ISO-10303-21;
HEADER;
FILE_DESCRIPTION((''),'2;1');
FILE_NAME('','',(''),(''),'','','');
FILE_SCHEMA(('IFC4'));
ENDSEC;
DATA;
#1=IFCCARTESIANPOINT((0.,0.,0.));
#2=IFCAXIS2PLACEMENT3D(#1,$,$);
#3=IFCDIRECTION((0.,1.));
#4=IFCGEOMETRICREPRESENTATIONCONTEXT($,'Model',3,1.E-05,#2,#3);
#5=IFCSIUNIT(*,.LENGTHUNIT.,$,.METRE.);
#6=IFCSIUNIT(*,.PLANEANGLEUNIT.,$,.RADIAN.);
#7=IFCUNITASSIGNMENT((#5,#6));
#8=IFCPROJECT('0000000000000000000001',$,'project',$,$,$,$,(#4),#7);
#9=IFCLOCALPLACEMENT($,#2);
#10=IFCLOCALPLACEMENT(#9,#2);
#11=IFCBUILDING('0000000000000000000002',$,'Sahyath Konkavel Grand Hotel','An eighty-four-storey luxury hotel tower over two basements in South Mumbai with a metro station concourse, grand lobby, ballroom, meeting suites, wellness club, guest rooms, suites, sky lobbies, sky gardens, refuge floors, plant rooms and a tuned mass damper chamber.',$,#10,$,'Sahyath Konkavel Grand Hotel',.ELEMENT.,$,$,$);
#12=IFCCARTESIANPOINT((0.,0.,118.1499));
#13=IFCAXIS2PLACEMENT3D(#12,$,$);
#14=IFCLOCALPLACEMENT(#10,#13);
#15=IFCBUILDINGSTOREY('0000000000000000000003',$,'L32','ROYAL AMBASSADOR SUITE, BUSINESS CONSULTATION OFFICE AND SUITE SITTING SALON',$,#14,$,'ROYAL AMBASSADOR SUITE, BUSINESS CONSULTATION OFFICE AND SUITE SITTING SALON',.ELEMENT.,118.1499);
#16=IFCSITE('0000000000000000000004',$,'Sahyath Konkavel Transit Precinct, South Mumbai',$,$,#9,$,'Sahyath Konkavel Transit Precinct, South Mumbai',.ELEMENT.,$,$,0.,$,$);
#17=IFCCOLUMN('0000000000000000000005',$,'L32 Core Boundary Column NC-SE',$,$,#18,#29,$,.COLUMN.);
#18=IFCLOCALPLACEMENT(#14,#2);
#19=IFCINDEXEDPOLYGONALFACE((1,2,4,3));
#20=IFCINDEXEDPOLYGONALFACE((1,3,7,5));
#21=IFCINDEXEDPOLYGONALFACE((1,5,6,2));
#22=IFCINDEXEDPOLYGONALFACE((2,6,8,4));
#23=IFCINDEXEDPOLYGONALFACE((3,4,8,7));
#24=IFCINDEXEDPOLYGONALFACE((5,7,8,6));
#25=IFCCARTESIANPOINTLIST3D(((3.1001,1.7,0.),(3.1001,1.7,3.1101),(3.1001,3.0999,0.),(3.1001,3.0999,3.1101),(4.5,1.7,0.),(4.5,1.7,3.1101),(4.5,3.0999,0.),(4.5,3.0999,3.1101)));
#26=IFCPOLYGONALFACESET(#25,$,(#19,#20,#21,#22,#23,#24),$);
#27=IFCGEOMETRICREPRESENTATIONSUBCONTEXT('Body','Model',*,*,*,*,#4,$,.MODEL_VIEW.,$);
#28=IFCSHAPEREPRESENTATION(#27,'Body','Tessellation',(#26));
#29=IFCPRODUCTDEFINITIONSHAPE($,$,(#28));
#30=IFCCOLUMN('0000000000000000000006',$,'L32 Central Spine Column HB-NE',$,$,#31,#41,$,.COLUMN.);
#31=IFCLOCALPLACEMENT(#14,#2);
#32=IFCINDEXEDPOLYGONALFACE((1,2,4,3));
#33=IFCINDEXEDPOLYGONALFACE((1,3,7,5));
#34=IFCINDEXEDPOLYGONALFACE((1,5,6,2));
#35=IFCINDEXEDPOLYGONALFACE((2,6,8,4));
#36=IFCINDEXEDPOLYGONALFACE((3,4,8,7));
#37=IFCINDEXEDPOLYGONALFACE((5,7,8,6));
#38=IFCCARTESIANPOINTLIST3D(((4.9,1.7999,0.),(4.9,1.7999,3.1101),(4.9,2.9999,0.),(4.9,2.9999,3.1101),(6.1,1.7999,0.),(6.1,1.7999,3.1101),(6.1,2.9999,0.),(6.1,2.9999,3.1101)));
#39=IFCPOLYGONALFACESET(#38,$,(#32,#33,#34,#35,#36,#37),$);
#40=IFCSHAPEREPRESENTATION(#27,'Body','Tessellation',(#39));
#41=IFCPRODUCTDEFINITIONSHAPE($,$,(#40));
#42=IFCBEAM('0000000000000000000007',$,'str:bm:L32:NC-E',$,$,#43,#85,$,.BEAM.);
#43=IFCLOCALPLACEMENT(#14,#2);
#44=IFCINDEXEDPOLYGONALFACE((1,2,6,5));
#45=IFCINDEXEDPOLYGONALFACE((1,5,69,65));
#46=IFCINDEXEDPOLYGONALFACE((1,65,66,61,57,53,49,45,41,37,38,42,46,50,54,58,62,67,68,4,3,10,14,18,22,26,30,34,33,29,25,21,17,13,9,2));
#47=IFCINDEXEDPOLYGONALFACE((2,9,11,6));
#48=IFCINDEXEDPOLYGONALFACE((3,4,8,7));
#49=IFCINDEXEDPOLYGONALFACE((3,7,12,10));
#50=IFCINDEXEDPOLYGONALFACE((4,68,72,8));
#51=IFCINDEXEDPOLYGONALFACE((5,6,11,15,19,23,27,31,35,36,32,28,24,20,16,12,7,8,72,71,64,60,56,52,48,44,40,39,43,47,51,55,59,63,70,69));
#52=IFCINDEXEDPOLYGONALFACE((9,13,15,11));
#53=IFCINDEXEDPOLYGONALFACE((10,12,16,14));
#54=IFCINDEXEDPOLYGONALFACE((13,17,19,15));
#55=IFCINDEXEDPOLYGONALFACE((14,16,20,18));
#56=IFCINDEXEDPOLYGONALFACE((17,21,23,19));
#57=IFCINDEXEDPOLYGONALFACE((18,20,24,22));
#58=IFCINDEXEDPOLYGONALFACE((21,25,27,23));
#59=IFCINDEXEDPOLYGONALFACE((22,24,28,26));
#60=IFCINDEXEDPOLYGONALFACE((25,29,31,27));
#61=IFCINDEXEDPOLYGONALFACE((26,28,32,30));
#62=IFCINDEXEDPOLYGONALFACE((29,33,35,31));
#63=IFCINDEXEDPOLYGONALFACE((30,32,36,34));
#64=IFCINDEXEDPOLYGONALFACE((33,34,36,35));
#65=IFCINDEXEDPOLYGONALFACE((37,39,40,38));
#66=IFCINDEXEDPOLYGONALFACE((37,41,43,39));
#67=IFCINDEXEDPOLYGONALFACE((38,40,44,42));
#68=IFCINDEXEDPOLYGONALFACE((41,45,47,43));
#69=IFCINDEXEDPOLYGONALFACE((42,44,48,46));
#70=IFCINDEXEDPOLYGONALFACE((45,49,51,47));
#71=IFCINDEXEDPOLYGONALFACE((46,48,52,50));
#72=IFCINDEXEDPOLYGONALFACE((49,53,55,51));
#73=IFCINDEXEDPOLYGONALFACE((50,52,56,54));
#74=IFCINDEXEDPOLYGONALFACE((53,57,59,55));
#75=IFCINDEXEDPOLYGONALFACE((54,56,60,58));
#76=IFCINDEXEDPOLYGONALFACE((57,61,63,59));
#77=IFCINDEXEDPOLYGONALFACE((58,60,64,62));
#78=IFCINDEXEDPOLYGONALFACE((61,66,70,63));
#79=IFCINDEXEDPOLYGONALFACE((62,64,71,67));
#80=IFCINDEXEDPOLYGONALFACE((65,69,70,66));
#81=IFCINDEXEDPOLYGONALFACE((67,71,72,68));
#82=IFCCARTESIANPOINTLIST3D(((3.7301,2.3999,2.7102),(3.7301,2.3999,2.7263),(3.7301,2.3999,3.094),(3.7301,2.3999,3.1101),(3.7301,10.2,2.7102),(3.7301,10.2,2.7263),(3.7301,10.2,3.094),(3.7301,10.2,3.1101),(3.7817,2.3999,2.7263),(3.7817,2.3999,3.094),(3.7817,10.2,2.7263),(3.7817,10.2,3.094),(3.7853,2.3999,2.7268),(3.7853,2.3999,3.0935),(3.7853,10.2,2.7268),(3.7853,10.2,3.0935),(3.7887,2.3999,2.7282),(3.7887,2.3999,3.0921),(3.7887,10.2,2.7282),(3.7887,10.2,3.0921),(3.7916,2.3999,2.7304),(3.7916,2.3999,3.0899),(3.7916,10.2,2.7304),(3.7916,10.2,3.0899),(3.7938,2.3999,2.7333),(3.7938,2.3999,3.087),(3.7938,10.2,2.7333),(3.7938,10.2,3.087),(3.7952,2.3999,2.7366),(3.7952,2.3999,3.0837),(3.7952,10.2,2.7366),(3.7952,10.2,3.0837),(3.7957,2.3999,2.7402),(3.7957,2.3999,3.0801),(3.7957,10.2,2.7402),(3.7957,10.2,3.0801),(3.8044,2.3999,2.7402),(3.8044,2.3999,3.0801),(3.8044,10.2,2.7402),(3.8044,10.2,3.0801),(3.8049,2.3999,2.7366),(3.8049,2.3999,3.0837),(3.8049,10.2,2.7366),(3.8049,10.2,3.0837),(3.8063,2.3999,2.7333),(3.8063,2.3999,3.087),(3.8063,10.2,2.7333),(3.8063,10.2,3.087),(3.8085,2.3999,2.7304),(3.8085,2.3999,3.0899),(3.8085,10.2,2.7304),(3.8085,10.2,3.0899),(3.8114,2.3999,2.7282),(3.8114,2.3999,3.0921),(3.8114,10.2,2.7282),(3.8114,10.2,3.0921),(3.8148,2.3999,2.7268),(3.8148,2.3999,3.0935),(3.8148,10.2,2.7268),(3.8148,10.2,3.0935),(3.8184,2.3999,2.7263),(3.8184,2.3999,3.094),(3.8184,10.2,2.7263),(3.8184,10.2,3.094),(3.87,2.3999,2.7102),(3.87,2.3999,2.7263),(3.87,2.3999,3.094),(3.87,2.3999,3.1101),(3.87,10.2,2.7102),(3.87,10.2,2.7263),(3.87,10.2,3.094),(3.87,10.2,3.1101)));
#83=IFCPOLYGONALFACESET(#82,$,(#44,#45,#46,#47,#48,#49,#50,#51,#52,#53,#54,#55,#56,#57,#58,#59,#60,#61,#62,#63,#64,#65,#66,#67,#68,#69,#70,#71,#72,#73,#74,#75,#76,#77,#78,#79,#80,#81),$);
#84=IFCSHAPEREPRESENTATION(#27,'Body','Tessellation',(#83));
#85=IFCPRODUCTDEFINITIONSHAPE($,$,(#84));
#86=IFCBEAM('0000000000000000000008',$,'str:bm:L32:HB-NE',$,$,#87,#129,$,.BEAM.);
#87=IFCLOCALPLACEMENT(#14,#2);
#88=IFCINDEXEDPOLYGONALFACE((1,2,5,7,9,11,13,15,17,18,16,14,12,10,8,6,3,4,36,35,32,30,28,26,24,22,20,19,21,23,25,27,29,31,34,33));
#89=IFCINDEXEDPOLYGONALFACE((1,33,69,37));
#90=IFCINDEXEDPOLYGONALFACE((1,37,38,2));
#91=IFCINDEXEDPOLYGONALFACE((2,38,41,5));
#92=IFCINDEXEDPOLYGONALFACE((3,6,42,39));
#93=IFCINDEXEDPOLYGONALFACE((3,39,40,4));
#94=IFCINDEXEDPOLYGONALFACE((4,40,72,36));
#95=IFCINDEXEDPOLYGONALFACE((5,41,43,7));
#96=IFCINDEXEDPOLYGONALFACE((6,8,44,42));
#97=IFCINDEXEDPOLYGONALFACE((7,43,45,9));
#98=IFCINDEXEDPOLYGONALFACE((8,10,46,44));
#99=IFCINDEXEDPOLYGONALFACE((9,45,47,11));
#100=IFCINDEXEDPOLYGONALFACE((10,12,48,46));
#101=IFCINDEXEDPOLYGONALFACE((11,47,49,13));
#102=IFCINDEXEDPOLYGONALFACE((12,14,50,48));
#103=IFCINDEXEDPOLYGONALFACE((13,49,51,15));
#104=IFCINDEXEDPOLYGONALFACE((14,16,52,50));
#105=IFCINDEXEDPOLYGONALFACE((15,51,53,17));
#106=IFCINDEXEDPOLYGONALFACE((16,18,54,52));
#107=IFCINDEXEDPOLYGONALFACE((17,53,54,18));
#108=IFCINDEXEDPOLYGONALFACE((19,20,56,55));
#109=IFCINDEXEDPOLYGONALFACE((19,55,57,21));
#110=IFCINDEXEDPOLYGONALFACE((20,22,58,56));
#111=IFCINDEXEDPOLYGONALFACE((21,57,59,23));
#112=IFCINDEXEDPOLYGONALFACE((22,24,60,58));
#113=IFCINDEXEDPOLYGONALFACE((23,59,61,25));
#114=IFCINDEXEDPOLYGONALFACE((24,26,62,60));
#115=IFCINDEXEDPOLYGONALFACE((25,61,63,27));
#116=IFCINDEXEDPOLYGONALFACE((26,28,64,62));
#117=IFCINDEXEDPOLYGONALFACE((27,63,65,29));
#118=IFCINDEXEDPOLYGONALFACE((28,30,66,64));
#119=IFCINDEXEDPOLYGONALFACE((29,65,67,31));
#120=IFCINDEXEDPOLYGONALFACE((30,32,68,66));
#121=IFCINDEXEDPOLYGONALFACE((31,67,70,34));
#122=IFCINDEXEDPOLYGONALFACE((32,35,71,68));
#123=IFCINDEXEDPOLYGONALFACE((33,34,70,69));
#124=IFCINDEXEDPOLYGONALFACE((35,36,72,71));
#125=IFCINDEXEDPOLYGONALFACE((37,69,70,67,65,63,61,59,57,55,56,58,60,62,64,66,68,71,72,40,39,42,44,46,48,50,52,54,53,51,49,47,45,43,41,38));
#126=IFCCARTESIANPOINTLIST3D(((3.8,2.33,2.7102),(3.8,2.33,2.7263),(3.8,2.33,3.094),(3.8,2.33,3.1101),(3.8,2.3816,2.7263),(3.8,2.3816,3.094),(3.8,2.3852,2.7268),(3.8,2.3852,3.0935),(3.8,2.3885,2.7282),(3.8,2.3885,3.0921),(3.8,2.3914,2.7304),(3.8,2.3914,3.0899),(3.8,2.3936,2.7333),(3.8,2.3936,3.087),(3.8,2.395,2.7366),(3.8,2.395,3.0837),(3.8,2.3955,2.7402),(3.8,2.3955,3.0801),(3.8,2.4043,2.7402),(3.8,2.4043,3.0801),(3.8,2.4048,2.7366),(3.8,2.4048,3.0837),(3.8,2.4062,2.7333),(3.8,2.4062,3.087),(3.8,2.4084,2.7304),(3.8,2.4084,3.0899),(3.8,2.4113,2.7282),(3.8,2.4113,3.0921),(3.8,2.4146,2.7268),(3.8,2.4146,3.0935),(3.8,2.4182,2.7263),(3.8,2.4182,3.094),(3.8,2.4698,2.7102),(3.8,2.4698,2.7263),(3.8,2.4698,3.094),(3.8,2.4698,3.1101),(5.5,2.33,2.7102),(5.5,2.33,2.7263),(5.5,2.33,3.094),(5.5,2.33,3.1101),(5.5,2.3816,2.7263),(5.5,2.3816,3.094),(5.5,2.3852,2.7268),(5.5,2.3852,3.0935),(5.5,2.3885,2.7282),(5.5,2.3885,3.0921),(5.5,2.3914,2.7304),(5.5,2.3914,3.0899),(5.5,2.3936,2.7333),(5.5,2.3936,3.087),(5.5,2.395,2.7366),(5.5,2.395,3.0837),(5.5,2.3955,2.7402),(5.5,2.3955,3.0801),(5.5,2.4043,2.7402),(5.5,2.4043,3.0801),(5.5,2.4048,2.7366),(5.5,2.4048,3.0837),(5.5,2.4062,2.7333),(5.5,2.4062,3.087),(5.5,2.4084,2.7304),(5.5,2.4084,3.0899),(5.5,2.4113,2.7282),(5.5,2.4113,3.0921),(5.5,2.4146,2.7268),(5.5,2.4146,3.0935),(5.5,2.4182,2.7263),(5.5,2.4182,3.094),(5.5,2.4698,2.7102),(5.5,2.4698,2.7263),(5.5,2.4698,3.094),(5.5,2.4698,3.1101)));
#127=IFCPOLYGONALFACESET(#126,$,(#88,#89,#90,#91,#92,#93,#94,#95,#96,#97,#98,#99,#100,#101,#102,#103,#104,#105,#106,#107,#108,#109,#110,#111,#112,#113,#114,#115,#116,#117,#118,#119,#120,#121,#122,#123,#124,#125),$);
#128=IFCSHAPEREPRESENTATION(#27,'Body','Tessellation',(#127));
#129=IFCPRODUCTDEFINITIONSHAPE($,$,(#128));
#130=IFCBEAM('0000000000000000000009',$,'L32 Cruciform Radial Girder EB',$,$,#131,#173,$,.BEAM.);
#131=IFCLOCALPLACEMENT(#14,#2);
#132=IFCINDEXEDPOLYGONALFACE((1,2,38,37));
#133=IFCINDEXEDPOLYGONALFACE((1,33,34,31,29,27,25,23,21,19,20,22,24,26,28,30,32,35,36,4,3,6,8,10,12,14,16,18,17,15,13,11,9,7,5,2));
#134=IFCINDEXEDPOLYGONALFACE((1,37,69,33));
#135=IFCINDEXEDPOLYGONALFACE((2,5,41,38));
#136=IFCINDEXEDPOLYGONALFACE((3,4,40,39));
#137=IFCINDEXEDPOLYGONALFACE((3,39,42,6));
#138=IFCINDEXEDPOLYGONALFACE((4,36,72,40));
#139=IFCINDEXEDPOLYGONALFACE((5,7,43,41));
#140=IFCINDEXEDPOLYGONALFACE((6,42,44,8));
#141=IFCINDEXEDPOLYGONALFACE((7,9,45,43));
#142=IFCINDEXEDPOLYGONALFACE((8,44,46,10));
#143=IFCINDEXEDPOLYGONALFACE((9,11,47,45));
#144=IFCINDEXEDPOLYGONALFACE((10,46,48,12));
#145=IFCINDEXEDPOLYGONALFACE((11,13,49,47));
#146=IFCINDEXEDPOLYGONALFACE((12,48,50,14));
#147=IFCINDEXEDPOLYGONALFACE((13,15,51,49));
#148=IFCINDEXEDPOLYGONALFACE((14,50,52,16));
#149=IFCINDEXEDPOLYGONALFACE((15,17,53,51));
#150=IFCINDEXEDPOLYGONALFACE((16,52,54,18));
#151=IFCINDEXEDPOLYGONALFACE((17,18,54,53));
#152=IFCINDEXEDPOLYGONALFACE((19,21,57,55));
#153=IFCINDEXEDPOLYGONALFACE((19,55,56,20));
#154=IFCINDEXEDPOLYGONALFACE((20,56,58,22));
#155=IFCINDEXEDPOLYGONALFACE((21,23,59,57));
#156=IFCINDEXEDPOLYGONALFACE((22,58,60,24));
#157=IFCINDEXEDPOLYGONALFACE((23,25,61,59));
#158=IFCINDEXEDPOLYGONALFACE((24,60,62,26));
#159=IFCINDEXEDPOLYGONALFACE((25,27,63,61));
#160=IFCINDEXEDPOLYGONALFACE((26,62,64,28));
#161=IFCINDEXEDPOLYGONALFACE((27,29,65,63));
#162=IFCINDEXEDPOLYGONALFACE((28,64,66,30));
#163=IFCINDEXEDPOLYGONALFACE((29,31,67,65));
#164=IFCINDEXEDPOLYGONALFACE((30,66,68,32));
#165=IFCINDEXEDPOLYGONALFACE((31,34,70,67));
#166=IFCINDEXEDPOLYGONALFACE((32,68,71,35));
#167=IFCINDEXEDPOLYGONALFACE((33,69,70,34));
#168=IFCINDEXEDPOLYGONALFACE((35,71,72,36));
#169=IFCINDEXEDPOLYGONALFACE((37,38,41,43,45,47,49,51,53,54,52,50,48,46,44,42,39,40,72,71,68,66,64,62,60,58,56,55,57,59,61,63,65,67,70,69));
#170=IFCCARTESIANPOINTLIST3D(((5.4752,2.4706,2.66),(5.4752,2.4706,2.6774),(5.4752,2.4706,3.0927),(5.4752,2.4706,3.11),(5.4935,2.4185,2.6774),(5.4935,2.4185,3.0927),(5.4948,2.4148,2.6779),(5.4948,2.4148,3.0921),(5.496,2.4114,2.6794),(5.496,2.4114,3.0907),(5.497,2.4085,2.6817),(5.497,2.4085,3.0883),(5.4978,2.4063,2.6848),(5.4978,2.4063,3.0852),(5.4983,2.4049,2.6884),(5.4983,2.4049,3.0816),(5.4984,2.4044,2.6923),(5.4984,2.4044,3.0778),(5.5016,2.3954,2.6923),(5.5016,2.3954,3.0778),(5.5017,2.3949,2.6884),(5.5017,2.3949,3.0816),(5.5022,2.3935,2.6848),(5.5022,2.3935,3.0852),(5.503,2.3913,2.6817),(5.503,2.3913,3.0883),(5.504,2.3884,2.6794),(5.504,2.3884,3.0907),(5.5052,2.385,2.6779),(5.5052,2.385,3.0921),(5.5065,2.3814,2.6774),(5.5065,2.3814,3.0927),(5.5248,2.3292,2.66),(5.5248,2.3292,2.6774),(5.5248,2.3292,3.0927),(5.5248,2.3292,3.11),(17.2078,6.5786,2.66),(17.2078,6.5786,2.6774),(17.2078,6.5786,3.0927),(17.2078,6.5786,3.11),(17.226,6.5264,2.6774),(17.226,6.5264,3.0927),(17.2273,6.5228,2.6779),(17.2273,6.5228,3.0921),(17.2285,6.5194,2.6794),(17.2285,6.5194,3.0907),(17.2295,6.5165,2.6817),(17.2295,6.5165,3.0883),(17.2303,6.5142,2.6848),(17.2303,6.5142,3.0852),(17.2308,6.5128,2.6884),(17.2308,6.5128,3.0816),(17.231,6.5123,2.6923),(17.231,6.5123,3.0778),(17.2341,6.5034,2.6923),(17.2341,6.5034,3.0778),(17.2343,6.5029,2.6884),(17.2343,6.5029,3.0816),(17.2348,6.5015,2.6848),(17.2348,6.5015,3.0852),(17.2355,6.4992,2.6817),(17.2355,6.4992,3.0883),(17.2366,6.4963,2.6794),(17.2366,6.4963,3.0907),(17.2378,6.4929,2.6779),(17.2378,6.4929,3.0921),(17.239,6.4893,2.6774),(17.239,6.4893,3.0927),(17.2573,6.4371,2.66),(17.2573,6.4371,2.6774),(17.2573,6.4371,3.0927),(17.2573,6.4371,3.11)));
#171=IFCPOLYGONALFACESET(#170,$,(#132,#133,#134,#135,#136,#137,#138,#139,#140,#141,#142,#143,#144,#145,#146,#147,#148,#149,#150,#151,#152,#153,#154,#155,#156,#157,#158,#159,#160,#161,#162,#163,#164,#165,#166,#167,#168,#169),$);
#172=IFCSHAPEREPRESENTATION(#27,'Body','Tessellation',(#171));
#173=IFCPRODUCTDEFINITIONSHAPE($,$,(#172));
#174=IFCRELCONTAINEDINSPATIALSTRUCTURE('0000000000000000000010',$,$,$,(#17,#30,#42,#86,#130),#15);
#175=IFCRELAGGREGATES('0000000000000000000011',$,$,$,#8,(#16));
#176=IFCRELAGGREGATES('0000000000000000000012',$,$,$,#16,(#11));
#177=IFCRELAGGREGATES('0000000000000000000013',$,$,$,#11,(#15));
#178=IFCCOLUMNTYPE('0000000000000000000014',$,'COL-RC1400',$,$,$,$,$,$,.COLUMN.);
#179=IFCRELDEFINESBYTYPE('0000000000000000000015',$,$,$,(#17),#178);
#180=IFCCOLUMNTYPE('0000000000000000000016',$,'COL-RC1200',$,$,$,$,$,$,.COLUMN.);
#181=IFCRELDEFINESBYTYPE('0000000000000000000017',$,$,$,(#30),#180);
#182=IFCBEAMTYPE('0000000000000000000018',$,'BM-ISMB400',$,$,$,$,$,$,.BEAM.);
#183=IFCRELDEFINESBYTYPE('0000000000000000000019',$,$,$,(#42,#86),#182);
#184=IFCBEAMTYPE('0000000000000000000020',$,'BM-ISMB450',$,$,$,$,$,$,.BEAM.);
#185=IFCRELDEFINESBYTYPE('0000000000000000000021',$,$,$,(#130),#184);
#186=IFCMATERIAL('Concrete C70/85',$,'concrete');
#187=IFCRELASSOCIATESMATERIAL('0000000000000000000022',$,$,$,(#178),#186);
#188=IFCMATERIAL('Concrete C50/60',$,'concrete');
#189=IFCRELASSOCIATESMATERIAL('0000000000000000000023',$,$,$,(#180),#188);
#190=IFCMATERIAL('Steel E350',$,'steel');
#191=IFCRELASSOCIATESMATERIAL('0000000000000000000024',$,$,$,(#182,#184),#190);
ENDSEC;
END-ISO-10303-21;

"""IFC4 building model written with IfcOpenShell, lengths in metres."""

from ifc_helpers import new_model, si_unit, direction, frame, origin, origin_2d, place, context, subcontext, project, spatial, rectangle, i_section, extrude, source, transform, mapped, material, material_profile, profile_set, type_object, element, save


model = new_model("IFC4")

# Units and contexts
model_context = context("Model", 3, precision=1e-05, world=origin(), true_north=direction((0.0, 1.0)))
body_context = subcontext(model_context, "Body", "Model", "MODEL_VIEW")
ifc_project = project(units=[si_unit("LENGTHUNIT", "METRE"), si_unit("PLANEANGLEUNIT", "RADIAN")], contexts=[model_context])

# Site, building, storey
site_placement = place(None, origin())
site = spatial("IfcSite", under=ifc_project, at=site_placement, Name="Sahyath Konkavel Transit Precinct, South Mumbai", LongName="Sahyath Konkavel Transit Precinct, South Mumbai", CompositionType="ELEMENT", RefElevation=0.0)
building_placement = place(site_placement, origin())
building = spatial("IfcBuilding", under=site, at=building_placement, Name="Sahyath Konkavel Grand Hotel", Description="An eighty-four-storey luxury hotel tower over two basements in South Mumbai with a metro station concourse, grand lobby, ballroom, meeting suites, wellness club, guest rooms, suites, sky lobbies, sky gardens, refuge floors, plant rooms and a tuned mass damper chamber.", LongName="Sahyath Konkavel Grand Hotel", CompositionType="ELEMENT")
storey_placement = place(building_placement, frame((0.0, 0.0, 118.1499)))
storey = spatial("IfcBuildingStorey", under=building, at=storey_placement, Name="L32", Description="ROYAL AMBASSADOR SUITE, BUSINESS CONSULTATION OFFICE AND SUITE SITTING SALON", LongName="ROYAL AMBASSADOR SUITE, BUSINESS CONSULTATION OFFICE AND SUITE SITTING SALON", CompositionType="ELEMENT", Elevation=118.1499)

# Columns
ifc_material_1 = material(Name="Concrete C70/85", Category="concrete")
ifc_material_profile_1 = material_profile(ifc_material_1, rectangle(XDim=1.3999, YDim=1.3999, at=origin_2d()), Name="RC 1400x1400")
ifc_profile_set_1 = profile_set([ifc_material_profile_1], Name="Concrete C70/85")
column_type_1 = type_object("IfcColumnType", Name="COL-RC1400", PredefinedType="COLUMN", material=ifc_profile_set_1)
shared_shape_1 = source(origin(), body_context, "Body", "SweptSolid", [
    extrude(rectangle(XDim=1.3999, YDim=1.3999, at=origin_2d()), origin(), (0.0, 0.0, 1.0), 3.1101),
])
column_1_placement = place(storey_placement, frame((3.8, 2.3999, 0.0), z_axis=(0.0, 0.0, 1.0), x_axis=(1.0, 0.0, 0.0)))
element("IfcColumn", 1, at=column_1_placement, inside=storey, type_object=column_type_1, Name="L32 Core Boundary Column NC-SE", PredefinedType="COLUMN", context=body_context, shape_type="MappedRepresentation", body=[
    mapped(shared_shape_1, transform((0.0, 0.0, 0.0), scale=1.0)),
])
ifc_material_2 = material(Name="Concrete C50/60", Category="concrete")
ifc_material_profile_2 = material_profile(ifc_material_2, rectangle(XDim=1.2, YDim=1.2, at=origin_2d()), Name="RC 1200x1200")
ifc_profile_set_2 = profile_set([ifc_material_profile_2], Name="Concrete C50/60")
column_type_2 = type_object("IfcColumnType", Name="COL-RC1200", PredefinedType="COLUMN", material=ifc_profile_set_2)
shared_shape_2 = source(origin(), body_context, "Body", "SweptSolid", [
    extrude(rectangle(XDim=1.2, YDim=1.2, at=origin_2d()), origin(), (0.0, 0.0, 1.0), 3.1101),
])
column_2_placement = place(storey_placement, frame((5.5, 2.3999, 0.0), z_axis=(0.0, 0.0, 1.0), x_axis=(1.0, 0.0, 0.0)))
element("IfcColumn", 2, at=column_2_placement, inside=storey, type_object=column_type_2, Name="L32 Central Spine Column HB-NE", PredefinedType="COLUMN", context=body_context, shape_type="MappedRepresentation", body=[
    mapped(shared_shape_2, transform((0.0, 0.0, 0.0), scale=1.0)),
])

# Beams
ifc_material_3 = material(Name="Steel E350", Category="steel")
ifc_material_profile_3 = material_profile(ifc_material_3, i_section(OverallWidth=0.1399, OverallDepth=0.3999, WebThickness=0.0088, FlangeThickness=0.0161, FilletRadius=0.0139, at=origin_2d()), Name="ISMB 400")
ifc_profile_set_3 = profile_set([ifc_material_profile_3], Name="Steel E350")
beam_type_1 = type_object("IfcBeamType", Name="BM-ISMB400", PredefinedType="BEAM", material=ifc_profile_set_3)
shared_shape_3 = source(origin(), body_context, "Body", "SweptSolid", [
    extrude(i_section(OverallWidth=0.1399, OverallDepth=0.3999, WebThickness=0.0088, FlangeThickness=0.0161, FilletRadius=0.0139, at=origin_2d()), origin(), (0.0, 0.0, 1.0), 7.8),
])
beam_1_placement = place(storey_placement, frame((3.8, 2.3999, 2.9102), z_axis=(0.0, 1.0, 0.0), x_axis=(-1.0, 0.0, 0.0)))
element("IfcBeam", 3, at=beam_1_placement, inside=storey, type_object=beam_type_1, Name="str:bm:L32:NC-E", PredefinedType="BEAM", context=body_context, shape_type="MappedRepresentation", body=[
    mapped(shared_shape_3, transform((0.0, 0.0, 0.0), scale=1.0)),
])
shared_shape_4 = source(origin(), body_context, "Body", "SweptSolid", [
    extrude(i_section(OverallWidth=0.1399, OverallDepth=0.3999, WebThickness=0.0088, FlangeThickness=0.0161, FilletRadius=0.0139, at=origin_2d()), origin(), (0.0, 0.0, 1.0), 1.7),
])
beam_2_placement = place(storey_placement, frame((3.8, 2.3999, 2.9102), z_axis=(1.0, 0.0, 0.0), x_axis=(0.0, 1.0, 0.0)))
element("IfcBeam", 4, at=beam_2_placement, inside=storey, type_object=beam_type_1, Name="str:bm:L32:HB-NE", PredefinedType="BEAM", context=body_context, shape_type="MappedRepresentation", body=[
    mapped(shared_shape_4, transform((0.0, 0.0, 0.0), scale=1.0)),
])
ifc_material_profile_4 = material_profile(ifc_material_3, i_section(OverallWidth=0.1499, OverallDepth=0.45, WebThickness=0.0095, FlangeThickness=0.0173, FilletRadius=0.0149, at=origin_2d()), Name="ISMB 450")
ifc_profile_set_4 = profile_set([ifc_material_profile_4], Name="Steel E350")
beam_type_2 = type_object("IfcBeamType", Name="BM-ISMB450", PredefinedType="BEAM", material=ifc_profile_set_4)
shared_shape_5 = source(origin(), body_context, "Body", "SweptSolid", [
    extrude(i_section(OverallWidth=0.1499, OverallDepth=0.45, WebThickness=0.0095, FlangeThickness=0.0173, FilletRadius=0.0149, at=origin_2d()), origin(), (0.0, 0.0, 1.0), 12.4309),
])
beam_3_placement = place(storey_placement, frame((5.5, 2.3999, 2.885), z_axis=(0.943819, 0.330462, 0.0), x_axis=(-0.330462, 0.943819, 0.0)))
element("IfcBeam", 5, at=beam_3_placement, inside=storey, type_object=beam_type_2, Name="L32 Cruciform Radial Girder EB", PredefinedType="BEAM", context=body_context, shape_type="MappedRepresentation", body=[
    mapped(shared_shape_5, transform((0.0, 0.0, 0.0), scale=1.0)),
])

save(model, "model.ifc")
